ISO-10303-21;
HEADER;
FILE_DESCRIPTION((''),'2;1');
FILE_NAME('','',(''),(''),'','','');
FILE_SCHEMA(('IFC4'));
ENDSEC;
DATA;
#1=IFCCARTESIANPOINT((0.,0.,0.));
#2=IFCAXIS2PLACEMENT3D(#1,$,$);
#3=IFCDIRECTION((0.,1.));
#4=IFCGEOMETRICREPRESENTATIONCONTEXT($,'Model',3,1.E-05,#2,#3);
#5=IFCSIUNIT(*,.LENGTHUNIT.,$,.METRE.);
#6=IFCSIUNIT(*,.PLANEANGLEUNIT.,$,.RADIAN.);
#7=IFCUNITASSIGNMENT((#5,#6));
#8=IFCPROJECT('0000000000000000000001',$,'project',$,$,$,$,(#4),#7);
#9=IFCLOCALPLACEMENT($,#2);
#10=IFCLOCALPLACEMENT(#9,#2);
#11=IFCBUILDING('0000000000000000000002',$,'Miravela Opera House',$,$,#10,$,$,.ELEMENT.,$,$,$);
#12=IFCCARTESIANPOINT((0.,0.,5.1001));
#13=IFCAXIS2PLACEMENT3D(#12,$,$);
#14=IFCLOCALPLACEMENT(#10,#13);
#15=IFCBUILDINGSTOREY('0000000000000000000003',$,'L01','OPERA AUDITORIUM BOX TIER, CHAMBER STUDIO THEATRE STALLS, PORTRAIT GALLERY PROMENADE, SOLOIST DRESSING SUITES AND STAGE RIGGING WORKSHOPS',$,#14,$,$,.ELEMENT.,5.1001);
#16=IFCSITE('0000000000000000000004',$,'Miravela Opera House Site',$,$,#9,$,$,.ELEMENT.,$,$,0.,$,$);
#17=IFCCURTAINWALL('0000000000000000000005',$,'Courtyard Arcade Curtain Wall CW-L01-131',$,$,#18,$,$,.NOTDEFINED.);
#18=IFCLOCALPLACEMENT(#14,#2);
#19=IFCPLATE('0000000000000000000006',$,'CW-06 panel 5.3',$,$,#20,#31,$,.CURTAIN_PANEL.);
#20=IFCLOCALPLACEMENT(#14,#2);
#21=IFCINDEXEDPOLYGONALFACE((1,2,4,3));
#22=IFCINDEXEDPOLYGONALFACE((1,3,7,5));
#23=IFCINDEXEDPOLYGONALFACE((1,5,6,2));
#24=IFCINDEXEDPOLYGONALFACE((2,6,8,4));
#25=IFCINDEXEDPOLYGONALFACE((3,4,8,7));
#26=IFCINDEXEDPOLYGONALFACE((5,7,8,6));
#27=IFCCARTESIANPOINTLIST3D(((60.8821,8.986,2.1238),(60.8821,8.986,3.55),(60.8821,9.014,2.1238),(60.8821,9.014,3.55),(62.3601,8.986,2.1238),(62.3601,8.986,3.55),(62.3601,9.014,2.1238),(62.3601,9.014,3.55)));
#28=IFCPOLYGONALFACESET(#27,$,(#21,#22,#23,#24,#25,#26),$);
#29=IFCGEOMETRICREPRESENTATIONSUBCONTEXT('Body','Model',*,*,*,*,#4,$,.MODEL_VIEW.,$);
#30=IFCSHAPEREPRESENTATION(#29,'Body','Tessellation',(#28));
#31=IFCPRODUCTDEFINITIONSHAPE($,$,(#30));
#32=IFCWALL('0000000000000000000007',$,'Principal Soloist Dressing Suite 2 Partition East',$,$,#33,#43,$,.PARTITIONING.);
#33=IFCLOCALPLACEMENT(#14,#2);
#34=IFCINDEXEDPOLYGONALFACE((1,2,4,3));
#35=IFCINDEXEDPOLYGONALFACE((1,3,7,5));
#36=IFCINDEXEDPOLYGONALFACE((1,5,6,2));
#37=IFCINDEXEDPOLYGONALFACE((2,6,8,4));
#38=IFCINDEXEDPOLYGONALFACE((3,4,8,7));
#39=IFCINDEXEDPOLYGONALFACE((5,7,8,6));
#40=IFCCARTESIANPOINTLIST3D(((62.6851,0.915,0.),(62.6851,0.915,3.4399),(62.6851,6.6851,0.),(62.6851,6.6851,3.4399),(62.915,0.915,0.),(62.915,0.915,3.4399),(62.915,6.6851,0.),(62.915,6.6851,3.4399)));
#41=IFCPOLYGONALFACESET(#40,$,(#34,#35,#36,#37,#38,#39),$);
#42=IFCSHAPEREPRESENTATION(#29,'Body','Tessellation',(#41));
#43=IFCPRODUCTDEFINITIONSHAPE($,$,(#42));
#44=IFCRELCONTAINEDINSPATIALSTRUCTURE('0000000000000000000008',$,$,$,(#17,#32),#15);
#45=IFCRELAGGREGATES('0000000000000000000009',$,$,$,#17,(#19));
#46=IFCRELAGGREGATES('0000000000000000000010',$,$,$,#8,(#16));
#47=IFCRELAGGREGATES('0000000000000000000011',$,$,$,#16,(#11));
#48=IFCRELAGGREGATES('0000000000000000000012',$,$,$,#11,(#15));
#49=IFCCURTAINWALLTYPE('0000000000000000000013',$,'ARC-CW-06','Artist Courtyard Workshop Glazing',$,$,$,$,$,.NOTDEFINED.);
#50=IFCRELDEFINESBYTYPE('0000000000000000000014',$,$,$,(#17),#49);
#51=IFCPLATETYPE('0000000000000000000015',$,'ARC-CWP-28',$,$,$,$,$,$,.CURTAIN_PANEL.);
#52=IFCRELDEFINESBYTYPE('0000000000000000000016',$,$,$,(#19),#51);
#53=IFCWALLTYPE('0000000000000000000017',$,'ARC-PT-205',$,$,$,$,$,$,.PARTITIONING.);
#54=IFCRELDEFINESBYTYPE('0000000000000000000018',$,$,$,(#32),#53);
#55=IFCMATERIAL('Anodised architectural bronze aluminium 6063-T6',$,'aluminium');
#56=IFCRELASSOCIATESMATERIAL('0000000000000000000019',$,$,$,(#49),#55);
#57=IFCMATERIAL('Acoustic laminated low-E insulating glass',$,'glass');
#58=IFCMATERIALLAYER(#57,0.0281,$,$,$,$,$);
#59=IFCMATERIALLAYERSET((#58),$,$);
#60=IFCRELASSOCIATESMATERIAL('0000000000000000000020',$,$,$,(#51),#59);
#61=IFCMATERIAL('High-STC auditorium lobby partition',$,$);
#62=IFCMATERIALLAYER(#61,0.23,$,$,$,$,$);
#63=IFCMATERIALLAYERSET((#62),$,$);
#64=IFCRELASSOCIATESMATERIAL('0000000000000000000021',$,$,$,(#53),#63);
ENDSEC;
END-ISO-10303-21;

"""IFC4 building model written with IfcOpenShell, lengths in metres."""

from ifc_helpers import new_model, si_unit, direction, frame, frame_2d, origin, origin_2d, place, context, subcontext, project, spatial, rectangle, extrude, material, layer, layer_set, type_object, element, aggregate, save


model = new_model("IFC4")

# Units and contexts
model_context = context("Model", 3, precision=1e-05, world=origin(), true_north=direction((0.0, 1.0)))
body_context = subcontext(model_context, "Body", "Model", "MODEL_VIEW")
ifc_project = project(units=[si_unit("LENGTHUNIT", "METRE"), si_unit("PLANEANGLEUNIT", "RADIAN")], contexts=[model_context])

# Site, building, storey
site_placement = place(None, origin())
site = spatial("IfcSite", under=ifc_project, at=site_placement, Name="Miravela Opera House Site", CompositionType="ELEMENT", RefElevation=0.0)
building_placement = place(site_placement, origin())
building = spatial("IfcBuilding", under=site, at=building_placement, Name="Miravela Opera House", CompositionType="ELEMENT")
storey_placement = place(building_placement, frame((0.0, 0.0, 5.1001)))
storey = spatial("IfcBuildingStorey", under=building, at=storey_placement, Name="L01", Description="OPERA AUDITORIUM BOX TIER, CHAMBER STUDIO THEATRE STALLS, PORTRAIT GALLERY PROMENADE, SOLOIST DRESSING SUITES AND STAGE RIGGING WORKSHOPS", CompositionType="ELEMENT", Elevation=5.1001)

# Curtain wall
ifc_material_1 = material(Name="Anodised architectural bronze aluminium 6063-T6", Category="aluminium")
curtain_wall_type = type_object("IfcCurtainWallType", Name="ARC-CW-06", Description="Artist Courtyard Workshop Glazing", PredefinedType="NOTDEFINED", material=ifc_material_1)
curtain_wall_placement = place(storey_placement, origin())
curtain_wall = element("IfcCurtainWall", 1, at=curtain_wall_placement, inside=storey, type_object=curtain_wall_type, Name="Courtyard Arcade Curtain Wall CW-L01-131", PredefinedType="NOTDEFINED")

# Plate
ifc_material_2 = material(Name="Acoustic laminated low-E insulating glass", Category="glass")
ifc_layer_1 = layer(ifc_material_2, 0.0281)
ifc_layer_set_1 = layer_set([ifc_layer_1])
plate_type = type_object("IfcPlateType", Name="ARC-CWP-28", PredefinedType="CURTAIN_PANEL", material=ifc_layer_set_1)
plate_1_placement = place(storey_placement, frame((61.6211, 9.0, 2.1238), z_axis=(0.0, 0.0, 1.0), x_axis=(1.0, 0.0, 0.0)))
plate_1 = element("IfcPlate", 2, at=plate_1_placement, type_object=plate_type, Name="CW-06 panel 5.3", PredefinedType="CURTAIN_PANEL", context=body_context, shape_type="SweptSolid", body=[
    extrude(rectangle(XDim=1.478, YDim=0.0281, at=origin_2d()), origin(), (0.0, 0.0, 1.0), 1.4263),
])
aggregate(curtain_wall, [plate_1])

# Wall
ifc_material_3 = material(Name="High-STC auditorium lobby partition")
ifc_layer_2 = layer(ifc_material_3, 0.23)
ifc_layer_set_2 = layer_set([ifc_layer_2])
wall_type = type_object("IfcWallType", Name="ARC-PT-205", PredefinedType="PARTITIONING", material=ifc_layer_set_2)
wall_placement = place(storey_placement, frame((62.8, 0.915, 0.0), z_axis=(0.0, 0.0, 1.0), x_axis=(0.0, 1.0, 0.0)))
element("IfcWall", 3, at=wall_placement, inside=storey, type_object=wall_type, Name="Principal Soloist Dressing Suite 2 Partition East", PredefinedType="PARTITIONING", context=body_context, shape_type="SweptSolid", body=[
    extrude(rectangle(XDim=5.77, YDim=0.23, at=frame_2d((2.885, 0.0))), origin(), (0.0, 0.0, 1.0), 3.4399),
])

save(model, "model.ifc")
